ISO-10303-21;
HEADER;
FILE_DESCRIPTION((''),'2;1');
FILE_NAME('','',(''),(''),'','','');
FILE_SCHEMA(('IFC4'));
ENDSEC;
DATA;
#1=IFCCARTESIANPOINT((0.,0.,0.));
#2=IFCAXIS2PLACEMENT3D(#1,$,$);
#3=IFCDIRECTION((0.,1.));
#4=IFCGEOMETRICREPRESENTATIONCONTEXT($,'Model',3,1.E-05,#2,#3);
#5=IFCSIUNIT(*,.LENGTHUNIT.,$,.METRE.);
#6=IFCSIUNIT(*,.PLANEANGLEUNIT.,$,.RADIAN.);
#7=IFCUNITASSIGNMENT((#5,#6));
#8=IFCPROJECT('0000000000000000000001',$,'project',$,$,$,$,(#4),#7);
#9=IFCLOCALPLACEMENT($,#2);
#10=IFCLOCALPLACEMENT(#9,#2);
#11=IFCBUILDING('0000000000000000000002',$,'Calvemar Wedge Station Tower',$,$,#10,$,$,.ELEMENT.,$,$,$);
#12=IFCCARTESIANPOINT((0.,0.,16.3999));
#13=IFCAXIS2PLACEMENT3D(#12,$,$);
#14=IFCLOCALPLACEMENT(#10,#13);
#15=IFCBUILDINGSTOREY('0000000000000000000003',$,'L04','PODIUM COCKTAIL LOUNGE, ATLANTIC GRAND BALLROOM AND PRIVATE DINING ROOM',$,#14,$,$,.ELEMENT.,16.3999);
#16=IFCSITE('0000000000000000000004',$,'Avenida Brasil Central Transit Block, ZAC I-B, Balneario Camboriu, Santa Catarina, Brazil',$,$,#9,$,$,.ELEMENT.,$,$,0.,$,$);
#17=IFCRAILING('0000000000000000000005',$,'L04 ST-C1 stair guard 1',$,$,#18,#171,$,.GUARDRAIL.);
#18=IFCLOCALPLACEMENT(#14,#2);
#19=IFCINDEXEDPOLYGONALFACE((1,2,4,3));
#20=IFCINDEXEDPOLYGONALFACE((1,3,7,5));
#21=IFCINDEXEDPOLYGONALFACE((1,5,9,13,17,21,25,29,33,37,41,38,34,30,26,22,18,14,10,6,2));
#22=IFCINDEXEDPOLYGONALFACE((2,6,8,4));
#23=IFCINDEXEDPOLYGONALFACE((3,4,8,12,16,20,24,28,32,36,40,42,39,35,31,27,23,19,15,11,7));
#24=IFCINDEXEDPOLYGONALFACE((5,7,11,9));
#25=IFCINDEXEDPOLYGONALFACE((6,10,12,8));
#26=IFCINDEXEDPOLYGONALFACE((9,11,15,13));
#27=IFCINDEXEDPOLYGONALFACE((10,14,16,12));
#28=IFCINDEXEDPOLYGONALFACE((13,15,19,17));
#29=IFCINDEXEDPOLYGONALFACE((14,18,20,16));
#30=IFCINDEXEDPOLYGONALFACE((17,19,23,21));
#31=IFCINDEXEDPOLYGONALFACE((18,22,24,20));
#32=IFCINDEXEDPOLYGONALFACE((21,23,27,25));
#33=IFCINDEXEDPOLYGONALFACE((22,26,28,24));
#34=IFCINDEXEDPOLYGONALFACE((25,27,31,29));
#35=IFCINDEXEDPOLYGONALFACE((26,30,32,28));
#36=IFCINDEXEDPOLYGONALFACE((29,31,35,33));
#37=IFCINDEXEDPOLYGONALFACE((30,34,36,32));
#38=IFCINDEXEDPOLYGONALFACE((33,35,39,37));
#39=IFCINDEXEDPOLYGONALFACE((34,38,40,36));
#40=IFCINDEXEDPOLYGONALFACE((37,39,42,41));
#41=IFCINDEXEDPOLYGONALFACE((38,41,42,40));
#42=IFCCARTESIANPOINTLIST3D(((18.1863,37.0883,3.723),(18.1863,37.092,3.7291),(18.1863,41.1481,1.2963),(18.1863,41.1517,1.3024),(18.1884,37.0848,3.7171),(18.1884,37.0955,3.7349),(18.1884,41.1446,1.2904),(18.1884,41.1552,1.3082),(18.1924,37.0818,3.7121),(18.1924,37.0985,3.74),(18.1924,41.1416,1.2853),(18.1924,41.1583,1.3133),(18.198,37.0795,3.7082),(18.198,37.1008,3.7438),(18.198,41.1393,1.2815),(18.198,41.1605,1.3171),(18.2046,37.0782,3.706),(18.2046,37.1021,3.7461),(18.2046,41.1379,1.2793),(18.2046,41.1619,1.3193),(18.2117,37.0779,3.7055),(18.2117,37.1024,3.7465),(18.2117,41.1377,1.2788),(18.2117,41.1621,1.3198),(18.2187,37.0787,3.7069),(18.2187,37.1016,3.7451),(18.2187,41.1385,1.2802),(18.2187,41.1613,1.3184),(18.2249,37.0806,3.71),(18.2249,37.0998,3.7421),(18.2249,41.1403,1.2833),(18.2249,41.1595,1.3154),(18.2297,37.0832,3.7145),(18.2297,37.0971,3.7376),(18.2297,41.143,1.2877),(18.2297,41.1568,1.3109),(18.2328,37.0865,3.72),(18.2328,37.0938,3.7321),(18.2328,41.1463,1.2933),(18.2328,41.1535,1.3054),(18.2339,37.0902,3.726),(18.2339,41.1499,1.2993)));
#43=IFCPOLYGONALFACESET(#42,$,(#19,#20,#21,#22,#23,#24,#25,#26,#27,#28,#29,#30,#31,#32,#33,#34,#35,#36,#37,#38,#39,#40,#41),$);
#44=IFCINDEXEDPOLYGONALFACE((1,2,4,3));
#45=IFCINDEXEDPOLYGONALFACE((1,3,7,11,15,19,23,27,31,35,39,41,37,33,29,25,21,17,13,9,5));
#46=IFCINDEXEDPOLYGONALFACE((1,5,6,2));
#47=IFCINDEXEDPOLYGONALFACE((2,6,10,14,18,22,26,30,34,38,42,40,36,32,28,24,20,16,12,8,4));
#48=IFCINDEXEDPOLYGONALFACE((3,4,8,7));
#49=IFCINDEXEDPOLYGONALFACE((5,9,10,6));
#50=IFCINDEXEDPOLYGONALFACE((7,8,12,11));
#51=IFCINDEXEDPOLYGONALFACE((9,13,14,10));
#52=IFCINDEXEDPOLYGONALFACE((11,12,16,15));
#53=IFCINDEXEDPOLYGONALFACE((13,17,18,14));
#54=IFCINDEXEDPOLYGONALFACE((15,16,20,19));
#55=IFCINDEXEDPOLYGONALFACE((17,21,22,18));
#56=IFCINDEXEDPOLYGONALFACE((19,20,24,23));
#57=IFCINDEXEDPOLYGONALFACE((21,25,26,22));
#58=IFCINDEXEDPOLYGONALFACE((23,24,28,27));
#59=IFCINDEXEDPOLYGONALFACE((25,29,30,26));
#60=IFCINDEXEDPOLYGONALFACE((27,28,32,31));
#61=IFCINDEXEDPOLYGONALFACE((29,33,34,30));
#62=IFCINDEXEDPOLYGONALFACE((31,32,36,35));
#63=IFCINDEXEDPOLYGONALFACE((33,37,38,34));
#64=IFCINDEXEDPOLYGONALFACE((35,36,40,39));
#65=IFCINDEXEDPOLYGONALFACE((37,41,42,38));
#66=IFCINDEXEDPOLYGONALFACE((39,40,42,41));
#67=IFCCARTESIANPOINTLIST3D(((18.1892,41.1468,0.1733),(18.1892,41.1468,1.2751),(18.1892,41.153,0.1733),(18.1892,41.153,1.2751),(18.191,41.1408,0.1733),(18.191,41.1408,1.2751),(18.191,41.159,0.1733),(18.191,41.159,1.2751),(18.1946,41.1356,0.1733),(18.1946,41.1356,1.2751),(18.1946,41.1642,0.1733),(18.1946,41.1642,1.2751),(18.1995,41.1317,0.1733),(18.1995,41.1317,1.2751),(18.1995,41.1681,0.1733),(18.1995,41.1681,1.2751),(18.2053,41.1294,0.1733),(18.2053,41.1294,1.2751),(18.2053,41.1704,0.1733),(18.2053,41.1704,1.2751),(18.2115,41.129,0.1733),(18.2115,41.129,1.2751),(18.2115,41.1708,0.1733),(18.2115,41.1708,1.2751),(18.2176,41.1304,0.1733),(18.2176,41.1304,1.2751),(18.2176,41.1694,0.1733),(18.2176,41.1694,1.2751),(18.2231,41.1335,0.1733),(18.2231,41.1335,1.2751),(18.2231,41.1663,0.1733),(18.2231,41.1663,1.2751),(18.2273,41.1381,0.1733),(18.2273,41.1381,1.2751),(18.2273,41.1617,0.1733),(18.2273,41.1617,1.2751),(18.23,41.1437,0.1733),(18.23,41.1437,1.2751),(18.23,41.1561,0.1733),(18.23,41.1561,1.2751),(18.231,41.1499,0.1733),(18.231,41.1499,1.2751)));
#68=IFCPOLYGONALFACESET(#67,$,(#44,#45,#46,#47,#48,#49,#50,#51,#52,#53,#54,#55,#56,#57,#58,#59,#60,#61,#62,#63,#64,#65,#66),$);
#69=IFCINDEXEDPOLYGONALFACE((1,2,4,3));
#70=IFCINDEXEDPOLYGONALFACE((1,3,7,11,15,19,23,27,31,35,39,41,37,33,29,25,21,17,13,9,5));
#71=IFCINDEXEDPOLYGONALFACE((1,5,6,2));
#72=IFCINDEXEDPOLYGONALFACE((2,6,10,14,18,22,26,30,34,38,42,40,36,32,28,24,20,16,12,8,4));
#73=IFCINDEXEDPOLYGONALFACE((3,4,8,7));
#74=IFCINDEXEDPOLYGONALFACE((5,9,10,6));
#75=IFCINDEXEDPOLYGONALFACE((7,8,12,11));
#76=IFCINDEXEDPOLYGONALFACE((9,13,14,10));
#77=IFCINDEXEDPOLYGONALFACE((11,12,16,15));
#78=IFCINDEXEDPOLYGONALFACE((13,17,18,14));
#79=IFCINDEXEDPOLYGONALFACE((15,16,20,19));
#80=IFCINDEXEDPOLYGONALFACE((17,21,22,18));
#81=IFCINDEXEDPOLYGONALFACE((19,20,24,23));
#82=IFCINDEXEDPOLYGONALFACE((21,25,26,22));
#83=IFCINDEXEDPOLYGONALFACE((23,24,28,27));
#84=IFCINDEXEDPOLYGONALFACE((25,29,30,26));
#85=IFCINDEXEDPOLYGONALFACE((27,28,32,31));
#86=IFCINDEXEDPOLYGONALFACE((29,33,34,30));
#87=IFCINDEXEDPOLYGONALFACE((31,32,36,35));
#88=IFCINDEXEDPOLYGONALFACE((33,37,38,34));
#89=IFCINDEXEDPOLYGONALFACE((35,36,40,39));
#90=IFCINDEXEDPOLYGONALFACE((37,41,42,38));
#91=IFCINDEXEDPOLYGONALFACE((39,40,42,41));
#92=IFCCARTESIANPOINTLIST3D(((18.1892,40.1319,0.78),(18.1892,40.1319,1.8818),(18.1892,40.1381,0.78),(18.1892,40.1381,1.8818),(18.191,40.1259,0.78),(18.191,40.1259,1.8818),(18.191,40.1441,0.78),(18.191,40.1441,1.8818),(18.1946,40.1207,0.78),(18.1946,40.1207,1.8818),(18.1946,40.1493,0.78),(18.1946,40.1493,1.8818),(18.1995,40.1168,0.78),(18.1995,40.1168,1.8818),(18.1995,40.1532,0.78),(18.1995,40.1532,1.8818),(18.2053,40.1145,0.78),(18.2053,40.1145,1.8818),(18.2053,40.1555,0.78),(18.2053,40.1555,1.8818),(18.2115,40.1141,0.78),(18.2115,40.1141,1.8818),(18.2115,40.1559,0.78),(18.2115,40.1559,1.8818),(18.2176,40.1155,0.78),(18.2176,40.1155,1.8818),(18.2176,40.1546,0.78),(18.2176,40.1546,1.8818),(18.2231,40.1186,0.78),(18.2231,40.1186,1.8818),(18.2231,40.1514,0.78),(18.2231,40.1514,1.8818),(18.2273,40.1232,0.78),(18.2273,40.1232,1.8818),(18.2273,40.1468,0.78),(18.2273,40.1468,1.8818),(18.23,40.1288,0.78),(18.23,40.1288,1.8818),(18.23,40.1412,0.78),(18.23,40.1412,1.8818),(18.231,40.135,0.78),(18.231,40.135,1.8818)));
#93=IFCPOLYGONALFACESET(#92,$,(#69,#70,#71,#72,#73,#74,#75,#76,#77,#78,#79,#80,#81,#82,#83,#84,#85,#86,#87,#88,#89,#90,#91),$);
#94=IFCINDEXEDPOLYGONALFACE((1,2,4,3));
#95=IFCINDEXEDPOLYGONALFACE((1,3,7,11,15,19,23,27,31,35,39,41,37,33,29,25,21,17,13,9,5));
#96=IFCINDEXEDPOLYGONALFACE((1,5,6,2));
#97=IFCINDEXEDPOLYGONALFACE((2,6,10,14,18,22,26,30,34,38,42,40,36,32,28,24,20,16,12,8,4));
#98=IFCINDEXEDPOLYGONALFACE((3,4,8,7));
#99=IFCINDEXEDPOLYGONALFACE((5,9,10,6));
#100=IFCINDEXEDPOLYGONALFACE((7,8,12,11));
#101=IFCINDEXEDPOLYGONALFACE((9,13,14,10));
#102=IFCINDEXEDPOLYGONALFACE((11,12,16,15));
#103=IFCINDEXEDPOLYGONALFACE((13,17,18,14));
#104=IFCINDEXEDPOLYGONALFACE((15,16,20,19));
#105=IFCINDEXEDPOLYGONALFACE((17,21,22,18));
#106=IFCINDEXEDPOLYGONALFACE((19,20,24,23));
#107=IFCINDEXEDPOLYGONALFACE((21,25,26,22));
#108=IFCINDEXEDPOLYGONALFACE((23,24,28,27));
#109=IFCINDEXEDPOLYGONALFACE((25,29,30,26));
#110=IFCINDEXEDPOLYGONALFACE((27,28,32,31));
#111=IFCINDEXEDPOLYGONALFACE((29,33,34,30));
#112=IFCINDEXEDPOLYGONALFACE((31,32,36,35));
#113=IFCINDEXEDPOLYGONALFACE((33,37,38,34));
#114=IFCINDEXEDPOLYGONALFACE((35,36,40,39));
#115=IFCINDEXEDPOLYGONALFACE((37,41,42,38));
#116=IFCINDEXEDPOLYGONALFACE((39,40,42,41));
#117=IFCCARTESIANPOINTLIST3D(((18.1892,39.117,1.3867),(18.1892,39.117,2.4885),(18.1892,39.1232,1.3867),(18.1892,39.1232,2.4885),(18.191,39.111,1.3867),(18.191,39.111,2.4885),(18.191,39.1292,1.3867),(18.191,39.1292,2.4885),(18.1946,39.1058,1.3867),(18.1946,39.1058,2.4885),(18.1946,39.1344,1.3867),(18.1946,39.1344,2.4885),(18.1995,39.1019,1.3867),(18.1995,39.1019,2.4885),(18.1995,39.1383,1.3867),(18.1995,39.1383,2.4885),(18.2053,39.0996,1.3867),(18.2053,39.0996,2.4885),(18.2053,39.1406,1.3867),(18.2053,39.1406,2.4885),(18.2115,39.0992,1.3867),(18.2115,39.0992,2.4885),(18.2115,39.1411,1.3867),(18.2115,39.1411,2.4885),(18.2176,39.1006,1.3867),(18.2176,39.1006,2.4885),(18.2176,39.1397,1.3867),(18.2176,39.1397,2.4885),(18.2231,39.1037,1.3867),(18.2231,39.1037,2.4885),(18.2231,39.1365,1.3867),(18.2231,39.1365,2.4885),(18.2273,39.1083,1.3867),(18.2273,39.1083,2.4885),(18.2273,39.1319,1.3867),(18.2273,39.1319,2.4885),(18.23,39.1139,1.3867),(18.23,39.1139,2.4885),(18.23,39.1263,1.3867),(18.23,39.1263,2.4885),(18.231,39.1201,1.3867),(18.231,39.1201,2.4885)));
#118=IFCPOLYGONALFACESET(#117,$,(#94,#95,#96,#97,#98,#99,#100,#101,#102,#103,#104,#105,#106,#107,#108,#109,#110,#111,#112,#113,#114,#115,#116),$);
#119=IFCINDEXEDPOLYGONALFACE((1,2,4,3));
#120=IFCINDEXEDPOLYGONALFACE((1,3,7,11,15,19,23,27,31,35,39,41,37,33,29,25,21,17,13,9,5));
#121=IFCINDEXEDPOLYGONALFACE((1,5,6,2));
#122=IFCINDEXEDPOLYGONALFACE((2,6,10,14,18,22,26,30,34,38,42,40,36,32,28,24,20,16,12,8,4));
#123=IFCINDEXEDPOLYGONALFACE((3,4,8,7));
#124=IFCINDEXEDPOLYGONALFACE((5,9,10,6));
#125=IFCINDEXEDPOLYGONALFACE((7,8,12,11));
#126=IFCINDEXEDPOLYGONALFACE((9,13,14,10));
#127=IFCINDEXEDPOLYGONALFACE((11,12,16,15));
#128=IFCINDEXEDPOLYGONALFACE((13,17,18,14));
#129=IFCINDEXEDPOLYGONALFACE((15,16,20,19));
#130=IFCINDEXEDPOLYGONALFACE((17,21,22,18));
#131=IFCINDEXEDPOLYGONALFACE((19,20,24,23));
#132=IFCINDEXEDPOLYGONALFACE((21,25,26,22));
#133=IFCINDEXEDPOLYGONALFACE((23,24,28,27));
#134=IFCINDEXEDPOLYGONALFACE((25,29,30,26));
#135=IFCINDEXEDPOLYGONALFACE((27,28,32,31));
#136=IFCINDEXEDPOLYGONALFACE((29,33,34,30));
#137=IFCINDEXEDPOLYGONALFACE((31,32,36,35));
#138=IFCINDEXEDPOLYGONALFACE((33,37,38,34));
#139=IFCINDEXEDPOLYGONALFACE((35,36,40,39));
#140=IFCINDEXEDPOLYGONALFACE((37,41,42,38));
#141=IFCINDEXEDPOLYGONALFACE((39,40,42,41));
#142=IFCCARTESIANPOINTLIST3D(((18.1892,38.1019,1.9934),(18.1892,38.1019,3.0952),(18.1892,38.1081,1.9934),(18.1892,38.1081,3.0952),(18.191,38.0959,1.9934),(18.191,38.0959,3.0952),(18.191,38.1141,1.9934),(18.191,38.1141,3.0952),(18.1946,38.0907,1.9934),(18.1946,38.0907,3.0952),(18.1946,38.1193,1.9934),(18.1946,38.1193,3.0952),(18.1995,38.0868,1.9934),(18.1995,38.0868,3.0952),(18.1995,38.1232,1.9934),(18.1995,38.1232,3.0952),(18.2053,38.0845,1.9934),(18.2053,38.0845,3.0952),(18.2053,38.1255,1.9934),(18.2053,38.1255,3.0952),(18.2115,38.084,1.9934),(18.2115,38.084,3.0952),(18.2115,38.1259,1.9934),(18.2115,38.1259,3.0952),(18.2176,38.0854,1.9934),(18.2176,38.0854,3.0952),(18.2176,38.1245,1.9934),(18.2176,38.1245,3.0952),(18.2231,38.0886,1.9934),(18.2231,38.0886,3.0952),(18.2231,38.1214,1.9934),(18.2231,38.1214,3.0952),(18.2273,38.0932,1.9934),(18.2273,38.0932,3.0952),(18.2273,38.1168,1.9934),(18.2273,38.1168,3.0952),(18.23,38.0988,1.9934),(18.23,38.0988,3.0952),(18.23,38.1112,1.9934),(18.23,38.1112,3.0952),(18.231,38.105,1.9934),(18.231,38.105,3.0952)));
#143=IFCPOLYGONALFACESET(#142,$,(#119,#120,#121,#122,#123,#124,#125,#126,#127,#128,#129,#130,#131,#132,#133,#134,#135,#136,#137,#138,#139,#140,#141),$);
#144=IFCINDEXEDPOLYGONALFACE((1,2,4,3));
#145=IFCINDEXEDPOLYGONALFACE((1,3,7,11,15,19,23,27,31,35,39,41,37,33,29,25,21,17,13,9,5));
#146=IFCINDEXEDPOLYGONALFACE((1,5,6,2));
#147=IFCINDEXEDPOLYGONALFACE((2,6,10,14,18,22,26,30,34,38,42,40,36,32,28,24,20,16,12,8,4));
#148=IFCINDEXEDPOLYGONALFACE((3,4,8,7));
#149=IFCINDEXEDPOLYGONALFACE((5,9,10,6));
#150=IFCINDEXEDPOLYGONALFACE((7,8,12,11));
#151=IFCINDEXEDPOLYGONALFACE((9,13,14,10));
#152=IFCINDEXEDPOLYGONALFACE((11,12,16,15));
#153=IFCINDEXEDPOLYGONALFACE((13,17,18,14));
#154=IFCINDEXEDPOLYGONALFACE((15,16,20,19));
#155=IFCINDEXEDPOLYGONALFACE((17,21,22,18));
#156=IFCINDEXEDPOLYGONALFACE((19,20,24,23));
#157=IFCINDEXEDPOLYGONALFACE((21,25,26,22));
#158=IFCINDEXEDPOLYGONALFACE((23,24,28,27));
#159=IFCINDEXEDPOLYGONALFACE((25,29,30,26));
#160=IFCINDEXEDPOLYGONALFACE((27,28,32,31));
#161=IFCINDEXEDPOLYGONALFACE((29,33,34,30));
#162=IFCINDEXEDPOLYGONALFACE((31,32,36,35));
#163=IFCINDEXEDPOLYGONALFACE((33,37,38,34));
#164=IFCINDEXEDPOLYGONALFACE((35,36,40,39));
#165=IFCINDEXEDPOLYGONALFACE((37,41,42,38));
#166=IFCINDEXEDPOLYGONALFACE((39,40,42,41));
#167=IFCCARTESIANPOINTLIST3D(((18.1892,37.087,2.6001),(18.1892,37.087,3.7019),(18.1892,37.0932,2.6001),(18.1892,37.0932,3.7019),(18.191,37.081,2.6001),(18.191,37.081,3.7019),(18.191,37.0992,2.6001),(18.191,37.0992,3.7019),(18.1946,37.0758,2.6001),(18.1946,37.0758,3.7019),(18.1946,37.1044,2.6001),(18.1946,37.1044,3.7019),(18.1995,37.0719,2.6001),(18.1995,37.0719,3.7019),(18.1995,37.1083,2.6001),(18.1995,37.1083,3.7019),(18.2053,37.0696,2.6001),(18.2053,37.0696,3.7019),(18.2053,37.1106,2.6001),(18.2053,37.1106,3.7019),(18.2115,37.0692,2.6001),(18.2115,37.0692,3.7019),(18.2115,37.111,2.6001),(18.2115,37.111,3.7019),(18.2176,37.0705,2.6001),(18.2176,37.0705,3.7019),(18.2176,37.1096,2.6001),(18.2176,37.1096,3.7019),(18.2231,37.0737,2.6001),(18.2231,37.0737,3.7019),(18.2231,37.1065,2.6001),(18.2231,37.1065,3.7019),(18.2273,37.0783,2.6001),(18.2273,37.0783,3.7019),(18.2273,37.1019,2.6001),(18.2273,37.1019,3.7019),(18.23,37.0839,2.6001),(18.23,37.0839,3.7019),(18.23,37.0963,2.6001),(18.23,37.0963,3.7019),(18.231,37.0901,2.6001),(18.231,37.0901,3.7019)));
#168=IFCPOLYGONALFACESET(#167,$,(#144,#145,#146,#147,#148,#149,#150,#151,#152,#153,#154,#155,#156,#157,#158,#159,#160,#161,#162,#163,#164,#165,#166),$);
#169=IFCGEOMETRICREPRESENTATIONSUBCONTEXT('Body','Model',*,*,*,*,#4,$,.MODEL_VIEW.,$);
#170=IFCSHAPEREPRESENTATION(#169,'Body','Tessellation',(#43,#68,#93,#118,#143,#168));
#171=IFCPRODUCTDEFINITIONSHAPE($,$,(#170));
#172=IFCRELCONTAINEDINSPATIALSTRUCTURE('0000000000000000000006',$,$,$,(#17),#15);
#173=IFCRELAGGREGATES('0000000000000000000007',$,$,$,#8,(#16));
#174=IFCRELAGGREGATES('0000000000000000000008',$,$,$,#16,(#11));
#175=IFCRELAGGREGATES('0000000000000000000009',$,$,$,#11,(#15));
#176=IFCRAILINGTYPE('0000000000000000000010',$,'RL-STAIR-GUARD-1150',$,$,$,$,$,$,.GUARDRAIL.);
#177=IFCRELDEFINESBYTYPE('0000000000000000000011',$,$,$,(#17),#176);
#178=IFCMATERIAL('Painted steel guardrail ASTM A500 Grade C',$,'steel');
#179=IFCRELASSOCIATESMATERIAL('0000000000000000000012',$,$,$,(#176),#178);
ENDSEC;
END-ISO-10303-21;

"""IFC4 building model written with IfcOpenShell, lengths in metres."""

from ifc_helpers import new_model, si_unit, direction, frame, origin, origin_2d, place, context, subcontext, project, spatial, circle, extrude, material, type_object, element, save


model = new_model("IFC4")

# Units and contexts
model_context = context("Model", 3, precision=1e-05, world=origin(), true_north=direction((0.0, 1.0)))
body_context = subcontext(model_context, "Body", "Model", "MODEL_VIEW")
ifc_project = project(units=[si_unit("LENGTHUNIT", "METRE"), si_unit("PLANEANGLEUNIT", "RADIAN")], contexts=[model_context])

# Site, building, storey
site_placement = place(None, origin())
site = spatial("IfcSite", under=ifc_project, at=site_placement, Name="Avenida Brasil Central Transit Block, ZAC I-B, Balneario Camboriu, Santa Catarina, Brazil", CompositionType="ELEMENT", RefElevation=0.0)
building_placement = place(site_placement, origin())
building = spatial("IfcBuilding", under=site, at=building_placement, Name="Calvemar Wedge Station Tower", CompositionType="ELEMENT")
storey_placement = place(building_placement, frame((0.0, 0.0, 16.3999)))
storey = spatial("IfcBuildingStorey", under=building, at=storey_placement, Name="L04", Description="PODIUM COCKTAIL LOUNGE, ATLANTIC GRAND BALLROOM AND PRIVATE DINING ROOM", CompositionType="ELEMENT", Elevation=16.3999)

# Railing
ifc_material_1 = material(Name="Painted steel guardrail ASTM A500 Grade C", Category="steel")
railing_type_1 = type_object("IfcRailingType", Name="RL-STAIR-GUARD-1150", PredefinedType="GUARDRAIL", material=ifc_material_1)
railing_1_placement = place(storey_placement, frame((18.21, 41.1499, 0.1733)))
element("IfcRailing", 1, at=railing_1_placement, inside=storey, type_object=railing_type_1, Name="L04 ST-C1 stair guard 1", PredefinedType="GUARDRAIL", context=body_context, shape_type="SweptSolid", body=[
    extrude(circle(Radius=0.0239, at=origin_2d()), frame((0.0, 0.0, 1.126), z_axis=(0.0, -0.858343, 0.513076), x_axis=(1.0, 0.0, 0.0)), (0.0, 0.0, 1.0), 4.7297),
    extrude(circle(Radius=0.021, at=origin_2d()), origin(), (0.0, 0.0, 1.0), 1.1018),
    extrude(circle(Radius=0.021, at=origin_2d()), frame((0.0, -1.0149, 0.6067)), (0.0, 0.0, 1.0), 1.1018),
    extrude(circle(Radius=0.021, at=origin_2d()), frame((0.0, -2.0298, 1.2134)), (0.0, 0.0, 1.0), 1.1018),
    extrude(circle(Radius=0.021, at=origin_2d()), frame((0.0, -3.0449, 1.8201)), (0.0, 0.0, 1.0), 1.1018),
    extrude(circle(Radius=0.021, at=origin_2d()), frame((0.0, -4.0598, 2.4268)), (0.0, 0.0, 1.0), 1.1018),
])

save(model, "model.ifc")
